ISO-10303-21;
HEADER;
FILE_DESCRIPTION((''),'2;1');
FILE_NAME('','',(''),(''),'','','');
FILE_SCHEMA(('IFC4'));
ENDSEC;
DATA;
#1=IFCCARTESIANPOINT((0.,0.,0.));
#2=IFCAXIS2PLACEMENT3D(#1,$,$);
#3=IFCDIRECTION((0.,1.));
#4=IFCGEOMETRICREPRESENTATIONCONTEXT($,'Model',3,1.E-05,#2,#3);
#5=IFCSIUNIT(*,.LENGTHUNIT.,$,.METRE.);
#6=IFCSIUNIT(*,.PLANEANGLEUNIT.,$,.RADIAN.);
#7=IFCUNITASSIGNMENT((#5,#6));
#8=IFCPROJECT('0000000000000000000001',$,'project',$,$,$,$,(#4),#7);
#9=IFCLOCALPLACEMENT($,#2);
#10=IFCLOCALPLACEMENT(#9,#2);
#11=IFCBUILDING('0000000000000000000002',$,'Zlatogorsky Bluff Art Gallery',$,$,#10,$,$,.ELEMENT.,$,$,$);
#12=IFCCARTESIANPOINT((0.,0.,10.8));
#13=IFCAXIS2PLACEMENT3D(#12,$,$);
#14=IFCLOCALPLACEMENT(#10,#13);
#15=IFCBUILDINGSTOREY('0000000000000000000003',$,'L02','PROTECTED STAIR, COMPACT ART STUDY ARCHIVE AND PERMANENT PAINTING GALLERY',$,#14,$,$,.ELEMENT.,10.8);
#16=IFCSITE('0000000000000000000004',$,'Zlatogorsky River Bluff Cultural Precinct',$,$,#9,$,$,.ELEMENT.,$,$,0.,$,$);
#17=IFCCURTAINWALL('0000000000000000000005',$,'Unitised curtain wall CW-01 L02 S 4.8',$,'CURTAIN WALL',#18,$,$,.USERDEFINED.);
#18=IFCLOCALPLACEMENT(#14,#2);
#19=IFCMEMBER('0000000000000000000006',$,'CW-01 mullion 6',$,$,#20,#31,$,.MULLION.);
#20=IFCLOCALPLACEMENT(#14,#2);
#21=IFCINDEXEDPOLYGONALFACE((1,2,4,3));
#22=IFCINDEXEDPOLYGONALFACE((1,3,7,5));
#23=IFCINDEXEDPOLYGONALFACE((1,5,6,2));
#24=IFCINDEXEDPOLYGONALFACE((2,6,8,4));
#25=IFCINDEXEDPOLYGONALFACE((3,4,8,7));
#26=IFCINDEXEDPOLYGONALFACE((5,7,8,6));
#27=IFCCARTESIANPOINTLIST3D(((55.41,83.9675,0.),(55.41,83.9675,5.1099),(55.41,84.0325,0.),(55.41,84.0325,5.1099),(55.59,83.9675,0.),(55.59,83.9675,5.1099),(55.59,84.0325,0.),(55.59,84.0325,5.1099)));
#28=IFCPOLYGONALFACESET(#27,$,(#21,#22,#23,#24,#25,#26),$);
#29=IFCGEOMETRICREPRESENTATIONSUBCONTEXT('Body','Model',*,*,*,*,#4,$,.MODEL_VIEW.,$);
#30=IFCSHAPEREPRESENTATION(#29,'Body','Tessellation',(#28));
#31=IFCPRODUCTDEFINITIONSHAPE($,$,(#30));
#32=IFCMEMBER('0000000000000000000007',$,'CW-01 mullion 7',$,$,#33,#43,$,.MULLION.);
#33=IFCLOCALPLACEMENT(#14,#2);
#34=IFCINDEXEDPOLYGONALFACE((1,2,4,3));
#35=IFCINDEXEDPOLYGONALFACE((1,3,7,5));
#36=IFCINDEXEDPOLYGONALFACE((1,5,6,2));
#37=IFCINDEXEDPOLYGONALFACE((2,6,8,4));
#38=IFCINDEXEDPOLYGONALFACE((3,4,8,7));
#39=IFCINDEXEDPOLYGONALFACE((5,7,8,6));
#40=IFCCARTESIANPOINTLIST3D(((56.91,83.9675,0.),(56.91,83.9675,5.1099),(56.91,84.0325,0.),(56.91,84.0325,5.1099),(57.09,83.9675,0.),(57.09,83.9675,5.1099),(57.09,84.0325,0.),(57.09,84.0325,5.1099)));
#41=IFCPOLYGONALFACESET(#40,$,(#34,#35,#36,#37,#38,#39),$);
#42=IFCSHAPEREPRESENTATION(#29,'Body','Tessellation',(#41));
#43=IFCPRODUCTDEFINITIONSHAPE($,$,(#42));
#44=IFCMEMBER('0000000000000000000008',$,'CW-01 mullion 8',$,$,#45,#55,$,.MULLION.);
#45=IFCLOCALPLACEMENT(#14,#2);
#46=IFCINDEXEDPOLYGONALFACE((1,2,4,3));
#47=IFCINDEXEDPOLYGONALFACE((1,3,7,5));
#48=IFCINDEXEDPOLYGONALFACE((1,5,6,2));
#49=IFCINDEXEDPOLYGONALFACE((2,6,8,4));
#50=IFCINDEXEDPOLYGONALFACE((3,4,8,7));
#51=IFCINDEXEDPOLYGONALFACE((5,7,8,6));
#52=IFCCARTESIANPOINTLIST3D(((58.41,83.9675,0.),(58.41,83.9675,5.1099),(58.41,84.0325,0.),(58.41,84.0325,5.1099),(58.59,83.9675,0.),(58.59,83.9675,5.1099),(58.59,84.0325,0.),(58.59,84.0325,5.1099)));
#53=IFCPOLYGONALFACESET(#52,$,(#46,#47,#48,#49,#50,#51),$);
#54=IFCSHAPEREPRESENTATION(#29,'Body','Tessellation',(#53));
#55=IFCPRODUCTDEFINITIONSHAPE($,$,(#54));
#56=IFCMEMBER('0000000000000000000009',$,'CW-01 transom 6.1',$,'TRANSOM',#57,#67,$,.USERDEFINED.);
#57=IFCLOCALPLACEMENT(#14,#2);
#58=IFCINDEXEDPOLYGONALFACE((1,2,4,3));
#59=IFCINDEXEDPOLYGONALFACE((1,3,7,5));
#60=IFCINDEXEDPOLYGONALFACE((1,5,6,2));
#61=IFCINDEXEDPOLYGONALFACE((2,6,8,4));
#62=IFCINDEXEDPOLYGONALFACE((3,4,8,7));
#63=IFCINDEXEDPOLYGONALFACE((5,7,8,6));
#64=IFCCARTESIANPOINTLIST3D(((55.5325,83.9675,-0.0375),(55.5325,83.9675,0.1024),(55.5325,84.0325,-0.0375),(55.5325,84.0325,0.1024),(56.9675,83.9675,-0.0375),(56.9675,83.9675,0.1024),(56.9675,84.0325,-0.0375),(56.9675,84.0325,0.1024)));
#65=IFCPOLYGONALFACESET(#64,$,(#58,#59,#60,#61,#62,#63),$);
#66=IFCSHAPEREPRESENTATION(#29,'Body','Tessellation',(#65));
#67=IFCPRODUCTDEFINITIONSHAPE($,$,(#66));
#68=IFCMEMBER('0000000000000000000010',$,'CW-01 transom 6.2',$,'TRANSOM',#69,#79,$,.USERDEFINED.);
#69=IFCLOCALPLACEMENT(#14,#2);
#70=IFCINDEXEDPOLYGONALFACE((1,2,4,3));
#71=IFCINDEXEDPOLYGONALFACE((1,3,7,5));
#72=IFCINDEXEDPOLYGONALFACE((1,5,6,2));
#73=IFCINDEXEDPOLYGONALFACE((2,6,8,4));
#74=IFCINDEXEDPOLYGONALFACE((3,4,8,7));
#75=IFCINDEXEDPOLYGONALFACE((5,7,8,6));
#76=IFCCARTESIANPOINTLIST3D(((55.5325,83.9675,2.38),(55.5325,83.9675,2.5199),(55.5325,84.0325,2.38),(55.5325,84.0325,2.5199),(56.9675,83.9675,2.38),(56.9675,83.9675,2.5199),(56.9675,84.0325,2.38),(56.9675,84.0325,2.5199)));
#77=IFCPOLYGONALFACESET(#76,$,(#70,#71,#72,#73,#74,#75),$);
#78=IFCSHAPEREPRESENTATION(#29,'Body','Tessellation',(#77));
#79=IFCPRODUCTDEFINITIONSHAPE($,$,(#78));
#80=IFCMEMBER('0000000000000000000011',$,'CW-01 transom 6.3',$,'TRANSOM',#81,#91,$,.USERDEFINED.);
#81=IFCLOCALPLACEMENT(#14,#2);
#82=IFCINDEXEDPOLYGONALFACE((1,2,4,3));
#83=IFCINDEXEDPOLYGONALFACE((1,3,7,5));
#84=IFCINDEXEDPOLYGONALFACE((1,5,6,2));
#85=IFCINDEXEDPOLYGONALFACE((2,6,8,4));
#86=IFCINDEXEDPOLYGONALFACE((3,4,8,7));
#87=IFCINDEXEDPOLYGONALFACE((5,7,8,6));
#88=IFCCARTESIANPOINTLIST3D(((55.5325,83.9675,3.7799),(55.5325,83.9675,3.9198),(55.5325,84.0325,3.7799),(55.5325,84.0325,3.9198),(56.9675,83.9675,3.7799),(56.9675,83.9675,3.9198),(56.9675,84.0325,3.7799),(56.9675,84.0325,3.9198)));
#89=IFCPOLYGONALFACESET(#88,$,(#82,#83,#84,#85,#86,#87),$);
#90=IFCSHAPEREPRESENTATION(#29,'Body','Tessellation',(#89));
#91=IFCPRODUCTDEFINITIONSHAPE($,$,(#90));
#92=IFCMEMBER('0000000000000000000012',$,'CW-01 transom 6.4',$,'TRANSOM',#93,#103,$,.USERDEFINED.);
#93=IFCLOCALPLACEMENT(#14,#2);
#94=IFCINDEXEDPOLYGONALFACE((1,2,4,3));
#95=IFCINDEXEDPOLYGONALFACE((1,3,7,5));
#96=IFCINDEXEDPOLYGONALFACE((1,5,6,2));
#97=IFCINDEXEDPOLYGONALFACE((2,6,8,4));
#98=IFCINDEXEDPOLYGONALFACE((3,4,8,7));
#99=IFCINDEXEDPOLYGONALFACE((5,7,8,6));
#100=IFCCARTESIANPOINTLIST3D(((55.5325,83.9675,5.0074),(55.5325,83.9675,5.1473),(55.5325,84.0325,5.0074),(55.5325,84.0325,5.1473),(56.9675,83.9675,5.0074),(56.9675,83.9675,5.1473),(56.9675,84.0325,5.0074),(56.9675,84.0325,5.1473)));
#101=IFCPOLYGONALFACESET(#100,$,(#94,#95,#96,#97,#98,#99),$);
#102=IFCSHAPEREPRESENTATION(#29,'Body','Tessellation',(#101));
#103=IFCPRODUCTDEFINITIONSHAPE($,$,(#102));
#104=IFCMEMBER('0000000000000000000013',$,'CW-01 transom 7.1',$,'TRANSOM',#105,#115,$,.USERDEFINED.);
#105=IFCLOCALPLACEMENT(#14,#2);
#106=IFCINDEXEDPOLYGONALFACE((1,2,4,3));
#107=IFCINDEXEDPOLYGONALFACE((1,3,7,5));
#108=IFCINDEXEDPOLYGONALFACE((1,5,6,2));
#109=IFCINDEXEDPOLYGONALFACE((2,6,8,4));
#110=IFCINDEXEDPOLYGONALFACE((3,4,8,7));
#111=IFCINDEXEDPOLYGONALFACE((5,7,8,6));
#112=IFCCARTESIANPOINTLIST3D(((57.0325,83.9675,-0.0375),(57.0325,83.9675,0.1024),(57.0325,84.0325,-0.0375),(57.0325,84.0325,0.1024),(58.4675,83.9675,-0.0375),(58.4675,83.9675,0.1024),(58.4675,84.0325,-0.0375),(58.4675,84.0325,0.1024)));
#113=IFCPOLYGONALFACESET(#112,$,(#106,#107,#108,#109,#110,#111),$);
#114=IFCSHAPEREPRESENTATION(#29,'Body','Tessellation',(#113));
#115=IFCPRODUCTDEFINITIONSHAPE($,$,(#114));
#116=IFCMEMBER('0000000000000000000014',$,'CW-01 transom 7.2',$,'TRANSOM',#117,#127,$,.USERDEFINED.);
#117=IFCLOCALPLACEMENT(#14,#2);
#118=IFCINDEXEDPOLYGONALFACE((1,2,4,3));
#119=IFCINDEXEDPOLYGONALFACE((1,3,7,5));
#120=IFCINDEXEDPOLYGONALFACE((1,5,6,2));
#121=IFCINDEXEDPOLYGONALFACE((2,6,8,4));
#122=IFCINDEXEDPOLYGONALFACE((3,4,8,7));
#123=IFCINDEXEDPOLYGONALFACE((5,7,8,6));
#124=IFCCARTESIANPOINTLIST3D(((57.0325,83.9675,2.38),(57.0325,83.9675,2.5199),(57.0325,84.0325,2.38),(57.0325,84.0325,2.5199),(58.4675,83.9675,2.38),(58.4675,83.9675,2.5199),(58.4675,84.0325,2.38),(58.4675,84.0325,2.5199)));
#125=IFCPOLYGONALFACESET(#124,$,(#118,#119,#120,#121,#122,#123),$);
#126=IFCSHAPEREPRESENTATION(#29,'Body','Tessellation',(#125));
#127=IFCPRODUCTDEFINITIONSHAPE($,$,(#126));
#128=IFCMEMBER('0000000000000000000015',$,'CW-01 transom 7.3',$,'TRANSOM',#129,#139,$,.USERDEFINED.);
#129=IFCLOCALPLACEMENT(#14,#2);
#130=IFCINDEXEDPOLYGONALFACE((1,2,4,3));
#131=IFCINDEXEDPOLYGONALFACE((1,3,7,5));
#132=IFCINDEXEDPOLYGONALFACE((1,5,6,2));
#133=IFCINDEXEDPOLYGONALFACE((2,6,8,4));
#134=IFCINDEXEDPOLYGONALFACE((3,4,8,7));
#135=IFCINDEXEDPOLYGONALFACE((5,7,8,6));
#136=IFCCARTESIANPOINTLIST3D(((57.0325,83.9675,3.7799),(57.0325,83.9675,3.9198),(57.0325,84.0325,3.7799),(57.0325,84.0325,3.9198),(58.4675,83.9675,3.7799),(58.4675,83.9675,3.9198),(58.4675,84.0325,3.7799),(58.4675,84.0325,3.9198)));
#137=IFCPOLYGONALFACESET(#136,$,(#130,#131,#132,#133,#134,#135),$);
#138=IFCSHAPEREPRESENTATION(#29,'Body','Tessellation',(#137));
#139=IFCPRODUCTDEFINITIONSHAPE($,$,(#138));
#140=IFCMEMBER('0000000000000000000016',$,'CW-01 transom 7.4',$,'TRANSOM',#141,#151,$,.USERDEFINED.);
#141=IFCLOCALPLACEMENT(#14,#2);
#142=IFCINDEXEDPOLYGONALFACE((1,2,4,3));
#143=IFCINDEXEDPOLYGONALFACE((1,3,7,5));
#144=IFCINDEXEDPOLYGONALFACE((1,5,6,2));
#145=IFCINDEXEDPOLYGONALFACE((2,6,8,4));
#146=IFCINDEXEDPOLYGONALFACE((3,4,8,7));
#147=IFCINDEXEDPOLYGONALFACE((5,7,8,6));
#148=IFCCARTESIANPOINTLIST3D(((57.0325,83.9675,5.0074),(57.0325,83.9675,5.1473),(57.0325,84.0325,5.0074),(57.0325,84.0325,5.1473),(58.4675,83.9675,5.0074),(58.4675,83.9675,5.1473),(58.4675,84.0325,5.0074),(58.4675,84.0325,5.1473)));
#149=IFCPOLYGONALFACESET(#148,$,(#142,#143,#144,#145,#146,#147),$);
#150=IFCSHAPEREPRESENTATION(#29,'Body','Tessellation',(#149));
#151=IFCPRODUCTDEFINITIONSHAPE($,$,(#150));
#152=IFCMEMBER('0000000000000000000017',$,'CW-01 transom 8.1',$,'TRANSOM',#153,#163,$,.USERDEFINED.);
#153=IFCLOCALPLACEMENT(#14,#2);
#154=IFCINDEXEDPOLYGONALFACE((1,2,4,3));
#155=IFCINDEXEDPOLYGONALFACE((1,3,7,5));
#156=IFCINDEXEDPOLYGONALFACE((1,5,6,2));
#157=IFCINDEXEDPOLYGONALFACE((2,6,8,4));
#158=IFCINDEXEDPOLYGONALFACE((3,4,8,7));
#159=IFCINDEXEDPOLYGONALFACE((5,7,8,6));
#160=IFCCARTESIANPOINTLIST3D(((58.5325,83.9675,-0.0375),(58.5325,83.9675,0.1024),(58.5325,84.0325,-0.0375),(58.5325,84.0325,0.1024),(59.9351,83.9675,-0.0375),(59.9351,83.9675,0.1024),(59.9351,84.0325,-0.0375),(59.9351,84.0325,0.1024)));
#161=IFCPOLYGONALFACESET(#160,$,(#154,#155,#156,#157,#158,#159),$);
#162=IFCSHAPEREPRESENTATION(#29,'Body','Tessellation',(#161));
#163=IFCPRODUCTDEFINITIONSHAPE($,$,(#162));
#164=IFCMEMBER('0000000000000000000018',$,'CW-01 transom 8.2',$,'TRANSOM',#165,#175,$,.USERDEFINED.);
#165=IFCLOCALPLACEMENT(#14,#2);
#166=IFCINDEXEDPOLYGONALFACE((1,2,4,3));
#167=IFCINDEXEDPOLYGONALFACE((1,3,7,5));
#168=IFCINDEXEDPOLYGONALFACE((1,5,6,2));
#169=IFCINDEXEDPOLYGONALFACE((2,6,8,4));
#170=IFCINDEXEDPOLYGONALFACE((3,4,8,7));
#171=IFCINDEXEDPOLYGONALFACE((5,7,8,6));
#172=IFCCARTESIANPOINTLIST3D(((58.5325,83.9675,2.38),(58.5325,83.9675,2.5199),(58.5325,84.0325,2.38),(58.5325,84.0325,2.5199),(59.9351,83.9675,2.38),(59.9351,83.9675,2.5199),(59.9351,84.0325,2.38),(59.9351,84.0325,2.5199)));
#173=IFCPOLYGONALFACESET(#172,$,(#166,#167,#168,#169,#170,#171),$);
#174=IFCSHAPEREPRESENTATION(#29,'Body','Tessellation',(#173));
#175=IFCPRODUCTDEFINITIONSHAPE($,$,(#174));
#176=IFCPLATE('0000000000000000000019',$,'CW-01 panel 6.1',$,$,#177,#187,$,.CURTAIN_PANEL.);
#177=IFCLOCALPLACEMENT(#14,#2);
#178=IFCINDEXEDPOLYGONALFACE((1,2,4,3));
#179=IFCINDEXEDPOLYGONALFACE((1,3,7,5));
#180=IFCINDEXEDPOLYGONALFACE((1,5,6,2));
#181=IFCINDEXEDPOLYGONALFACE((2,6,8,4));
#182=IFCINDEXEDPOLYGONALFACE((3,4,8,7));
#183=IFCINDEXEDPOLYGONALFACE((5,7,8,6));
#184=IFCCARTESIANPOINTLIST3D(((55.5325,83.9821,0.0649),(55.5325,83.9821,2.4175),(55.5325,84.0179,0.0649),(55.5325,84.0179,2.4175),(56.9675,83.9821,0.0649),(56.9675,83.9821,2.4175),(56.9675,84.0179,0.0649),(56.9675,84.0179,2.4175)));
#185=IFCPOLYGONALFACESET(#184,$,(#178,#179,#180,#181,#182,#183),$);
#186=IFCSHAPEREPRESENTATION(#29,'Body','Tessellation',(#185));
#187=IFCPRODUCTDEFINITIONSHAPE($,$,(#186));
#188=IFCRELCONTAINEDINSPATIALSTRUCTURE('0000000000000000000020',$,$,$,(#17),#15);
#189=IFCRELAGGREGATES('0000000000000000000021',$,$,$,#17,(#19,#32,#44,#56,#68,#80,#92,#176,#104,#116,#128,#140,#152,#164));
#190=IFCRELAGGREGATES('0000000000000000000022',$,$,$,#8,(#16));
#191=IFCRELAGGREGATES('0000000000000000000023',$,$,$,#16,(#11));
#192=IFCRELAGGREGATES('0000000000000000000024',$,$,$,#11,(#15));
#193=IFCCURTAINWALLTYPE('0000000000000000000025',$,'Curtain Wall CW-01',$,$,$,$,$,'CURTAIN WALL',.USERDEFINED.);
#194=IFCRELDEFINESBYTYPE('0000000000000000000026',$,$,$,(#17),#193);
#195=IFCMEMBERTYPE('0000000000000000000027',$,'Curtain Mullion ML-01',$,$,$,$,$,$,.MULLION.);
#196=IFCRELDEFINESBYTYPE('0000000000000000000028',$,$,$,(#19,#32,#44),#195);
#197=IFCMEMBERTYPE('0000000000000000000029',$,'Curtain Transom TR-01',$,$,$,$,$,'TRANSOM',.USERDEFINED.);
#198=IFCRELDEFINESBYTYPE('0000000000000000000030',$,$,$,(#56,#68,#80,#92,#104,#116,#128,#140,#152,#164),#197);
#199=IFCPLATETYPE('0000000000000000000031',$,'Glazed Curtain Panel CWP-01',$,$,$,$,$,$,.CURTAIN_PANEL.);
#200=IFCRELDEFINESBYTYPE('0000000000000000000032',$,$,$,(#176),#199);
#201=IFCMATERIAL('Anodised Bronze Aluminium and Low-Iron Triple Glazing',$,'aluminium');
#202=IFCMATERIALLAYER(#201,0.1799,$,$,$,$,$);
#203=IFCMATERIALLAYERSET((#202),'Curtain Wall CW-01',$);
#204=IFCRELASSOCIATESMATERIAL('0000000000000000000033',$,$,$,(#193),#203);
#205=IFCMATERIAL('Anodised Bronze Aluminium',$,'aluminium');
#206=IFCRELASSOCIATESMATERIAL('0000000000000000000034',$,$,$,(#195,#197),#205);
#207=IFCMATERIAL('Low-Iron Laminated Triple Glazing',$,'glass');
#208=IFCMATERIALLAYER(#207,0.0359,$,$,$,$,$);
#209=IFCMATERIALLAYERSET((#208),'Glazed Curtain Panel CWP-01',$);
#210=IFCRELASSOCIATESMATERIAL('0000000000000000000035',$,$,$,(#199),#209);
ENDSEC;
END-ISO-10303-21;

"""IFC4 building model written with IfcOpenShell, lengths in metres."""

from ifc_helpers import new_model, si_unit, direction, frame, origin, origin_2d, place, context, subcontext, project, spatial, rectangle, extrude, material, layer, layer_set, material_profile, profile_set, type_object, element, aggregate, save


model = new_model("IFC4")

# Units and contexts
model_context = context("Model", 3, precision=1e-05, world=origin(), true_north=direction((0.0, 1.0)))
body_context = subcontext(model_context, "Body", "Model", "MODEL_VIEW")
ifc_project = project(units=[si_unit("LENGTHUNIT", "METRE"), si_unit("PLANEANGLEUNIT", "RADIAN")], contexts=[model_context])

# Site, building, storey
site_placement = place(None, origin())
site = spatial("IfcSite", under=ifc_project, at=site_placement, Name="Zlatogorsky River Bluff Cultural Precinct", CompositionType="ELEMENT", RefElevation=0.0)
building_placement = place(site_placement, origin())
building = spatial("IfcBuilding", under=site, at=building_placement, Name="Zlatogorsky Bluff Art Gallery", CompositionType="ELEMENT")
storey_placement = place(building_placement, frame((0.0, 0.0, 10.8)))
storey = spatial("IfcBuildingStorey", under=building, at=storey_placement, Name="L02", Description="PROTECTED STAIR, COMPACT ART STUDY ARCHIVE AND PERMANENT PAINTING GALLERY", CompositionType="ELEMENT", Elevation=10.8)

# Curtain wall, members, plate
ifc_material_1 = material(Name="Anodised Bronze Aluminium and Low-Iron Triple Glazing", Category="aluminium")
ifc_layer_1 = layer(ifc_material_1, 0.1799)
ifc_layer_set_1 = layer_set([ifc_layer_1], Name="Curtain Wall CW-01")
curtain_wall_type = type_object("IfcCurtainWallType", Name="Curtain Wall CW-01", ElementType="CURTAIN WALL", PredefinedType="USERDEFINED", material=ifc_layer_set_1)
curtain_wall_placement = place(storey_placement, origin())
curtain_wall = element("IfcCurtainWall", 1, at=curtain_wall_placement, inside=storey, type_object=curtain_wall_type, Name="Unitised curtain wall CW-01 L02 S 4.8", ObjectType="CURTAIN WALL", PredefinedType="USERDEFINED")
ifc_material_2 = material(Name="Anodised Bronze Aluminium", Category="aluminium")
ifc_material_profile_1 = material_profile(ifc_material_2, rectangle(XDim=0.0649, YDim=0.1799, at=origin_2d()), Name="ALU MULLION 65x180")
ifc_profile_set_1 = profile_set([ifc_material_profile_1], Name="Anodised Bronze Aluminium")
member_type_1 = type_object("IfcMemberType", Name="Curtain Mullion ML-01", PredefinedType="MULLION", material=ifc_profile_set_1)
member_1_placement = place(storey_placement, frame((55.5, 84.0, 0.0), z_axis=(0.0, 0.0, 1.0), x_axis=(0.0, 1.0, 0.0)))
member_1 = element("IfcMember", 2, at=member_1_placement, type_object=member_type_1, Name="CW-01 mullion 6", PredefinedType="MULLION", context=body_context, shape_type="SweptSolid", body=[
    extrude(rectangle(XDim=0.0649, YDim=0.1799, at=origin_2d()), origin(), (0.0, 0.0, 1.0), 5.1099),
])
member_2_placement = place(storey_placement, frame((57.0, 84.0, 0.0), z_axis=(0.0, 0.0, 1.0), x_axis=(0.0, 1.0, 0.0)))
member_2 = element("IfcMember", 3, at=member_2_placement, type_object=member_type_1, Name="CW-01 mullion 7", PredefinedType="MULLION", context=body_context, shape_type="SweptSolid", body=[
    extrude(rectangle(XDim=0.0649, YDim=0.1799, at=origin_2d()), origin(), (0.0, 0.0, 1.0), 5.1099),
])
member_3_placement = place(storey_placement, frame((58.5, 84.0, 0.0), z_axis=(0.0, 0.0, 1.0), x_axis=(0.0, 1.0, 0.0)))
member_3 = element("IfcMember", 4, at=member_3_placement, type_object=member_type_1, Name="CW-01 mullion 8", PredefinedType="MULLION", context=body_context, shape_type="SweptSolid", body=[
    extrude(rectangle(XDim=0.0649, YDim=0.1799, at=origin_2d()), origin(), (0.0, 0.0, 1.0), 5.1099),
])
ifc_material_profile_2 = material_profile(ifc_material_2, rectangle(XDim=0.0649, YDim=0.1399, at=origin_2d()), Name="ALU TRANSOM 65x140")
ifc_profile_set_2 = profile_set([ifc_material_profile_2], Name="Anodised Bronze Aluminium")
member_type_2 = type_object("IfcMemberType", Name="Curtain Transom TR-01", ElementType="TRANSOM", PredefinedType="USERDEFINED", material=ifc_profile_set_2)
member_4_placement = place(storey_placement, frame((55.5325, 84.0, 0.0325), z_axis=(1.0, 0.0, 0.0), x_axis=(0.0, 1.0, 0.0)))
member_4 = element("IfcMember", 5, at=member_4_placement, type_object=member_type_2, Name="CW-01 transom 6.1", ObjectType="TRANSOM", PredefinedType="USERDEFINED", context=body_context, shape_type="SweptSolid", body=[
    extrude(rectangle(XDim=0.0649, YDim=0.1399, at=origin_2d()), origin(), (0.0, 0.0, 1.0), 1.4351),
])
member_5_placement = place(storey_placement, frame((55.5325, 84.0, 2.45), z_axis=(1.0, 0.0, 0.0), x_axis=(0.0, 1.0, 0.0)))
member_5 = element("IfcMember", 6, at=member_5_placement, type_object=member_type_2, Name="CW-01 transom 6.2", ObjectType="TRANSOM", PredefinedType="USERDEFINED", context=body_context, shape_type="SweptSolid", body=[
    extrude(rectangle(XDim=0.0649, YDim=0.1399, at=origin_2d()), origin(), (0.0, 0.0, 1.0), 1.4351),
])
member_6_placement = place(storey_placement, frame((55.5325, 84.0, 3.8499), z_axis=(1.0, 0.0, 0.0), x_axis=(0.0, 1.0, 0.0)))
member_6 = element("IfcMember", 7, at=member_6_placement, type_object=member_type_2, Name="CW-01 transom 6.3", ObjectType="TRANSOM", PredefinedType="USERDEFINED", context=body_context, shape_type="SweptSolid", body=[
    extrude(rectangle(XDim=0.0649, YDim=0.1399, at=origin_2d()), origin(), (0.0, 0.0, 1.0), 1.4351),
])
member_7_placement = place(storey_placement, frame((55.5325, 84.0, 5.0774), z_axis=(1.0, 0.0, 0.0), x_axis=(0.0, 1.0, 0.0)))
member_7 = element("IfcMember", 8, at=member_7_placement, type_object=member_type_2, Name="CW-01 transom 6.4", ObjectType="TRANSOM", PredefinedType="USERDEFINED", context=body_context, shape_type="SweptSolid", body=[
    extrude(rectangle(XDim=0.0649, YDim=0.1399, at=origin_2d()), origin(), (0.0, 0.0, 1.0), 1.4351),
])
member_8_placement = place(storey_placement, frame((57.0325, 84.0, 0.0325), z_axis=(1.0, 0.0, 0.0), x_axis=(0.0, 1.0, 0.0)))
member_8 = element("IfcMember", 9, at=member_8_placement, type_object=member_type_2, Name="CW-01 transom 7.1", ObjectType="TRANSOM", PredefinedType="USERDEFINED", context=body_context, shape_type="SweptSolid", body=[
    extrude(rectangle(XDim=0.0649, YDim=0.1399, at=origin_2d()), origin(), (0.0, 0.0, 1.0), 1.4351),
])
member_9_placement = place(storey_placement, frame((57.0325, 84.0, 2.45), z_axis=(1.0, 0.0, 0.0), x_axis=(0.0, 1.0, 0.0)))
member_9 = element("IfcMember", 10, at=member_9_placement, type_object=member_type_2, Name="CW-01 transom 7.2", ObjectType="TRANSOM", PredefinedType="USERDEFINED", context=body_context, shape_type="SweptSolid", body=[
    extrude(rectangle(XDim=0.0649, YDim=0.1399, at=origin_2d()), origin(), (0.0, 0.0, 1.0), 1.4351),
])
member_10_placement = place(storey_placement, frame((57.0325, 84.0, 3.8499), z_axis=(1.0, 0.0, 0.0), x_axis=(0.0, 1.0, 0.0)))
member_10 = element("IfcMember", 11, at=member_10_placement, type_object=member_type_2, Name="CW-01 transom 7.3", ObjectType="TRANSOM", PredefinedType="USERDEFINED", context=body_context, shape_type="SweptSolid", body=[
    extrude(rectangle(XDim=0.0649, YDim=0.1399, at=origin_2d()), origin(), (0.0, 0.0, 1.0), 1.4351),
])
member_11_placement = place(storey_placement, frame((57.0325, 84.0, 5.0774), z_axis=(1.0, 0.0, 0.0), x_axis=(0.0, 1.0, 0.0)))
member_11 = element("IfcMember", 12, at=member_11_placement, type_object=member_type_2, Name="CW-01 transom 7.4", ObjectType="TRANSOM", PredefinedType="USERDEFINED", context=body_context, shape_type="SweptSolid", body=[
    extrude(rectangle(XDim=0.0649, YDim=0.1399, at=origin_2d()), origin(), (0.0, 0.0, 1.0), 1.4351),
])
member_12_placement = place(storey_placement, frame((58.5325, 84.0, 0.0325), z_axis=(1.0, 0.0, 0.0), x_axis=(0.0, 1.0, 0.0)))
member_12 = element("IfcMember", 13, at=member_12_placement, type_object=member_type_2, Name="CW-01 transom 8.1", ObjectType="TRANSOM", PredefinedType="USERDEFINED", context=body_context, shape_type="SweptSolid", body=[
    extrude(rectangle(XDim=0.0649, YDim=0.1399, at=origin_2d()), origin(), (0.0, 0.0, 1.0), 1.4026),
])
member_13_placement = place(storey_placement, frame((58.5325, 84.0, 2.45), z_axis=(1.0, 0.0, 0.0), x_axis=(0.0, 1.0, 0.0)))
member_13 = element("IfcMember", 14, at=member_13_placement, type_object=member_type_2, Name="CW-01 transom 8.2", ObjectType="TRANSOM", PredefinedType="USERDEFINED", context=body_context, shape_type="SweptSolid", body=[
    extrude(rectangle(XDim=0.0649, YDim=0.1399, at=origin_2d()), origin(), (0.0, 0.0, 1.0), 1.4026),
])
ifc_material_3 = material(Name="Low-Iron Laminated Triple Glazing", Category="glass")
ifc_layer_2 = layer(ifc_material_3, 0.0359)
ifc_layer_set_2 = layer_set([ifc_layer_2], Name="Glazed Curtain Panel CWP-01")
plate_type = type_object("IfcPlateType", Name="Glazed Curtain Panel CWP-01", PredefinedType="CURTAIN_PANEL", material=ifc_layer_set_2)
plate_1_placement = place(storey_placement, frame((56.25, 84.0, 0.0649), z_axis=(0.0, 0.0, 1.0), x_axis=(1.0, 0.0, 0.0)))
plate_1 = element("IfcPlate", 15, at=plate_1_placement, type_object=plate_type, Name="CW-01 panel 6.1", PredefinedType="CURTAIN_PANEL", context=body_context, shape_type="SweptSolid", body=[
    extrude(rectangle(XDim=1.4351, YDim=0.0359, at=origin_2d()), origin(), (0.0, 0.0, 1.0), 2.3525),
])
aggregate(curtain_wall, [member_1, member_2, member_3, member_4, member_5, member_6, member_7, plate_1, member_8, member_9, member_10, member_11, member_12, member_13])

save(model, "model.ifc")
